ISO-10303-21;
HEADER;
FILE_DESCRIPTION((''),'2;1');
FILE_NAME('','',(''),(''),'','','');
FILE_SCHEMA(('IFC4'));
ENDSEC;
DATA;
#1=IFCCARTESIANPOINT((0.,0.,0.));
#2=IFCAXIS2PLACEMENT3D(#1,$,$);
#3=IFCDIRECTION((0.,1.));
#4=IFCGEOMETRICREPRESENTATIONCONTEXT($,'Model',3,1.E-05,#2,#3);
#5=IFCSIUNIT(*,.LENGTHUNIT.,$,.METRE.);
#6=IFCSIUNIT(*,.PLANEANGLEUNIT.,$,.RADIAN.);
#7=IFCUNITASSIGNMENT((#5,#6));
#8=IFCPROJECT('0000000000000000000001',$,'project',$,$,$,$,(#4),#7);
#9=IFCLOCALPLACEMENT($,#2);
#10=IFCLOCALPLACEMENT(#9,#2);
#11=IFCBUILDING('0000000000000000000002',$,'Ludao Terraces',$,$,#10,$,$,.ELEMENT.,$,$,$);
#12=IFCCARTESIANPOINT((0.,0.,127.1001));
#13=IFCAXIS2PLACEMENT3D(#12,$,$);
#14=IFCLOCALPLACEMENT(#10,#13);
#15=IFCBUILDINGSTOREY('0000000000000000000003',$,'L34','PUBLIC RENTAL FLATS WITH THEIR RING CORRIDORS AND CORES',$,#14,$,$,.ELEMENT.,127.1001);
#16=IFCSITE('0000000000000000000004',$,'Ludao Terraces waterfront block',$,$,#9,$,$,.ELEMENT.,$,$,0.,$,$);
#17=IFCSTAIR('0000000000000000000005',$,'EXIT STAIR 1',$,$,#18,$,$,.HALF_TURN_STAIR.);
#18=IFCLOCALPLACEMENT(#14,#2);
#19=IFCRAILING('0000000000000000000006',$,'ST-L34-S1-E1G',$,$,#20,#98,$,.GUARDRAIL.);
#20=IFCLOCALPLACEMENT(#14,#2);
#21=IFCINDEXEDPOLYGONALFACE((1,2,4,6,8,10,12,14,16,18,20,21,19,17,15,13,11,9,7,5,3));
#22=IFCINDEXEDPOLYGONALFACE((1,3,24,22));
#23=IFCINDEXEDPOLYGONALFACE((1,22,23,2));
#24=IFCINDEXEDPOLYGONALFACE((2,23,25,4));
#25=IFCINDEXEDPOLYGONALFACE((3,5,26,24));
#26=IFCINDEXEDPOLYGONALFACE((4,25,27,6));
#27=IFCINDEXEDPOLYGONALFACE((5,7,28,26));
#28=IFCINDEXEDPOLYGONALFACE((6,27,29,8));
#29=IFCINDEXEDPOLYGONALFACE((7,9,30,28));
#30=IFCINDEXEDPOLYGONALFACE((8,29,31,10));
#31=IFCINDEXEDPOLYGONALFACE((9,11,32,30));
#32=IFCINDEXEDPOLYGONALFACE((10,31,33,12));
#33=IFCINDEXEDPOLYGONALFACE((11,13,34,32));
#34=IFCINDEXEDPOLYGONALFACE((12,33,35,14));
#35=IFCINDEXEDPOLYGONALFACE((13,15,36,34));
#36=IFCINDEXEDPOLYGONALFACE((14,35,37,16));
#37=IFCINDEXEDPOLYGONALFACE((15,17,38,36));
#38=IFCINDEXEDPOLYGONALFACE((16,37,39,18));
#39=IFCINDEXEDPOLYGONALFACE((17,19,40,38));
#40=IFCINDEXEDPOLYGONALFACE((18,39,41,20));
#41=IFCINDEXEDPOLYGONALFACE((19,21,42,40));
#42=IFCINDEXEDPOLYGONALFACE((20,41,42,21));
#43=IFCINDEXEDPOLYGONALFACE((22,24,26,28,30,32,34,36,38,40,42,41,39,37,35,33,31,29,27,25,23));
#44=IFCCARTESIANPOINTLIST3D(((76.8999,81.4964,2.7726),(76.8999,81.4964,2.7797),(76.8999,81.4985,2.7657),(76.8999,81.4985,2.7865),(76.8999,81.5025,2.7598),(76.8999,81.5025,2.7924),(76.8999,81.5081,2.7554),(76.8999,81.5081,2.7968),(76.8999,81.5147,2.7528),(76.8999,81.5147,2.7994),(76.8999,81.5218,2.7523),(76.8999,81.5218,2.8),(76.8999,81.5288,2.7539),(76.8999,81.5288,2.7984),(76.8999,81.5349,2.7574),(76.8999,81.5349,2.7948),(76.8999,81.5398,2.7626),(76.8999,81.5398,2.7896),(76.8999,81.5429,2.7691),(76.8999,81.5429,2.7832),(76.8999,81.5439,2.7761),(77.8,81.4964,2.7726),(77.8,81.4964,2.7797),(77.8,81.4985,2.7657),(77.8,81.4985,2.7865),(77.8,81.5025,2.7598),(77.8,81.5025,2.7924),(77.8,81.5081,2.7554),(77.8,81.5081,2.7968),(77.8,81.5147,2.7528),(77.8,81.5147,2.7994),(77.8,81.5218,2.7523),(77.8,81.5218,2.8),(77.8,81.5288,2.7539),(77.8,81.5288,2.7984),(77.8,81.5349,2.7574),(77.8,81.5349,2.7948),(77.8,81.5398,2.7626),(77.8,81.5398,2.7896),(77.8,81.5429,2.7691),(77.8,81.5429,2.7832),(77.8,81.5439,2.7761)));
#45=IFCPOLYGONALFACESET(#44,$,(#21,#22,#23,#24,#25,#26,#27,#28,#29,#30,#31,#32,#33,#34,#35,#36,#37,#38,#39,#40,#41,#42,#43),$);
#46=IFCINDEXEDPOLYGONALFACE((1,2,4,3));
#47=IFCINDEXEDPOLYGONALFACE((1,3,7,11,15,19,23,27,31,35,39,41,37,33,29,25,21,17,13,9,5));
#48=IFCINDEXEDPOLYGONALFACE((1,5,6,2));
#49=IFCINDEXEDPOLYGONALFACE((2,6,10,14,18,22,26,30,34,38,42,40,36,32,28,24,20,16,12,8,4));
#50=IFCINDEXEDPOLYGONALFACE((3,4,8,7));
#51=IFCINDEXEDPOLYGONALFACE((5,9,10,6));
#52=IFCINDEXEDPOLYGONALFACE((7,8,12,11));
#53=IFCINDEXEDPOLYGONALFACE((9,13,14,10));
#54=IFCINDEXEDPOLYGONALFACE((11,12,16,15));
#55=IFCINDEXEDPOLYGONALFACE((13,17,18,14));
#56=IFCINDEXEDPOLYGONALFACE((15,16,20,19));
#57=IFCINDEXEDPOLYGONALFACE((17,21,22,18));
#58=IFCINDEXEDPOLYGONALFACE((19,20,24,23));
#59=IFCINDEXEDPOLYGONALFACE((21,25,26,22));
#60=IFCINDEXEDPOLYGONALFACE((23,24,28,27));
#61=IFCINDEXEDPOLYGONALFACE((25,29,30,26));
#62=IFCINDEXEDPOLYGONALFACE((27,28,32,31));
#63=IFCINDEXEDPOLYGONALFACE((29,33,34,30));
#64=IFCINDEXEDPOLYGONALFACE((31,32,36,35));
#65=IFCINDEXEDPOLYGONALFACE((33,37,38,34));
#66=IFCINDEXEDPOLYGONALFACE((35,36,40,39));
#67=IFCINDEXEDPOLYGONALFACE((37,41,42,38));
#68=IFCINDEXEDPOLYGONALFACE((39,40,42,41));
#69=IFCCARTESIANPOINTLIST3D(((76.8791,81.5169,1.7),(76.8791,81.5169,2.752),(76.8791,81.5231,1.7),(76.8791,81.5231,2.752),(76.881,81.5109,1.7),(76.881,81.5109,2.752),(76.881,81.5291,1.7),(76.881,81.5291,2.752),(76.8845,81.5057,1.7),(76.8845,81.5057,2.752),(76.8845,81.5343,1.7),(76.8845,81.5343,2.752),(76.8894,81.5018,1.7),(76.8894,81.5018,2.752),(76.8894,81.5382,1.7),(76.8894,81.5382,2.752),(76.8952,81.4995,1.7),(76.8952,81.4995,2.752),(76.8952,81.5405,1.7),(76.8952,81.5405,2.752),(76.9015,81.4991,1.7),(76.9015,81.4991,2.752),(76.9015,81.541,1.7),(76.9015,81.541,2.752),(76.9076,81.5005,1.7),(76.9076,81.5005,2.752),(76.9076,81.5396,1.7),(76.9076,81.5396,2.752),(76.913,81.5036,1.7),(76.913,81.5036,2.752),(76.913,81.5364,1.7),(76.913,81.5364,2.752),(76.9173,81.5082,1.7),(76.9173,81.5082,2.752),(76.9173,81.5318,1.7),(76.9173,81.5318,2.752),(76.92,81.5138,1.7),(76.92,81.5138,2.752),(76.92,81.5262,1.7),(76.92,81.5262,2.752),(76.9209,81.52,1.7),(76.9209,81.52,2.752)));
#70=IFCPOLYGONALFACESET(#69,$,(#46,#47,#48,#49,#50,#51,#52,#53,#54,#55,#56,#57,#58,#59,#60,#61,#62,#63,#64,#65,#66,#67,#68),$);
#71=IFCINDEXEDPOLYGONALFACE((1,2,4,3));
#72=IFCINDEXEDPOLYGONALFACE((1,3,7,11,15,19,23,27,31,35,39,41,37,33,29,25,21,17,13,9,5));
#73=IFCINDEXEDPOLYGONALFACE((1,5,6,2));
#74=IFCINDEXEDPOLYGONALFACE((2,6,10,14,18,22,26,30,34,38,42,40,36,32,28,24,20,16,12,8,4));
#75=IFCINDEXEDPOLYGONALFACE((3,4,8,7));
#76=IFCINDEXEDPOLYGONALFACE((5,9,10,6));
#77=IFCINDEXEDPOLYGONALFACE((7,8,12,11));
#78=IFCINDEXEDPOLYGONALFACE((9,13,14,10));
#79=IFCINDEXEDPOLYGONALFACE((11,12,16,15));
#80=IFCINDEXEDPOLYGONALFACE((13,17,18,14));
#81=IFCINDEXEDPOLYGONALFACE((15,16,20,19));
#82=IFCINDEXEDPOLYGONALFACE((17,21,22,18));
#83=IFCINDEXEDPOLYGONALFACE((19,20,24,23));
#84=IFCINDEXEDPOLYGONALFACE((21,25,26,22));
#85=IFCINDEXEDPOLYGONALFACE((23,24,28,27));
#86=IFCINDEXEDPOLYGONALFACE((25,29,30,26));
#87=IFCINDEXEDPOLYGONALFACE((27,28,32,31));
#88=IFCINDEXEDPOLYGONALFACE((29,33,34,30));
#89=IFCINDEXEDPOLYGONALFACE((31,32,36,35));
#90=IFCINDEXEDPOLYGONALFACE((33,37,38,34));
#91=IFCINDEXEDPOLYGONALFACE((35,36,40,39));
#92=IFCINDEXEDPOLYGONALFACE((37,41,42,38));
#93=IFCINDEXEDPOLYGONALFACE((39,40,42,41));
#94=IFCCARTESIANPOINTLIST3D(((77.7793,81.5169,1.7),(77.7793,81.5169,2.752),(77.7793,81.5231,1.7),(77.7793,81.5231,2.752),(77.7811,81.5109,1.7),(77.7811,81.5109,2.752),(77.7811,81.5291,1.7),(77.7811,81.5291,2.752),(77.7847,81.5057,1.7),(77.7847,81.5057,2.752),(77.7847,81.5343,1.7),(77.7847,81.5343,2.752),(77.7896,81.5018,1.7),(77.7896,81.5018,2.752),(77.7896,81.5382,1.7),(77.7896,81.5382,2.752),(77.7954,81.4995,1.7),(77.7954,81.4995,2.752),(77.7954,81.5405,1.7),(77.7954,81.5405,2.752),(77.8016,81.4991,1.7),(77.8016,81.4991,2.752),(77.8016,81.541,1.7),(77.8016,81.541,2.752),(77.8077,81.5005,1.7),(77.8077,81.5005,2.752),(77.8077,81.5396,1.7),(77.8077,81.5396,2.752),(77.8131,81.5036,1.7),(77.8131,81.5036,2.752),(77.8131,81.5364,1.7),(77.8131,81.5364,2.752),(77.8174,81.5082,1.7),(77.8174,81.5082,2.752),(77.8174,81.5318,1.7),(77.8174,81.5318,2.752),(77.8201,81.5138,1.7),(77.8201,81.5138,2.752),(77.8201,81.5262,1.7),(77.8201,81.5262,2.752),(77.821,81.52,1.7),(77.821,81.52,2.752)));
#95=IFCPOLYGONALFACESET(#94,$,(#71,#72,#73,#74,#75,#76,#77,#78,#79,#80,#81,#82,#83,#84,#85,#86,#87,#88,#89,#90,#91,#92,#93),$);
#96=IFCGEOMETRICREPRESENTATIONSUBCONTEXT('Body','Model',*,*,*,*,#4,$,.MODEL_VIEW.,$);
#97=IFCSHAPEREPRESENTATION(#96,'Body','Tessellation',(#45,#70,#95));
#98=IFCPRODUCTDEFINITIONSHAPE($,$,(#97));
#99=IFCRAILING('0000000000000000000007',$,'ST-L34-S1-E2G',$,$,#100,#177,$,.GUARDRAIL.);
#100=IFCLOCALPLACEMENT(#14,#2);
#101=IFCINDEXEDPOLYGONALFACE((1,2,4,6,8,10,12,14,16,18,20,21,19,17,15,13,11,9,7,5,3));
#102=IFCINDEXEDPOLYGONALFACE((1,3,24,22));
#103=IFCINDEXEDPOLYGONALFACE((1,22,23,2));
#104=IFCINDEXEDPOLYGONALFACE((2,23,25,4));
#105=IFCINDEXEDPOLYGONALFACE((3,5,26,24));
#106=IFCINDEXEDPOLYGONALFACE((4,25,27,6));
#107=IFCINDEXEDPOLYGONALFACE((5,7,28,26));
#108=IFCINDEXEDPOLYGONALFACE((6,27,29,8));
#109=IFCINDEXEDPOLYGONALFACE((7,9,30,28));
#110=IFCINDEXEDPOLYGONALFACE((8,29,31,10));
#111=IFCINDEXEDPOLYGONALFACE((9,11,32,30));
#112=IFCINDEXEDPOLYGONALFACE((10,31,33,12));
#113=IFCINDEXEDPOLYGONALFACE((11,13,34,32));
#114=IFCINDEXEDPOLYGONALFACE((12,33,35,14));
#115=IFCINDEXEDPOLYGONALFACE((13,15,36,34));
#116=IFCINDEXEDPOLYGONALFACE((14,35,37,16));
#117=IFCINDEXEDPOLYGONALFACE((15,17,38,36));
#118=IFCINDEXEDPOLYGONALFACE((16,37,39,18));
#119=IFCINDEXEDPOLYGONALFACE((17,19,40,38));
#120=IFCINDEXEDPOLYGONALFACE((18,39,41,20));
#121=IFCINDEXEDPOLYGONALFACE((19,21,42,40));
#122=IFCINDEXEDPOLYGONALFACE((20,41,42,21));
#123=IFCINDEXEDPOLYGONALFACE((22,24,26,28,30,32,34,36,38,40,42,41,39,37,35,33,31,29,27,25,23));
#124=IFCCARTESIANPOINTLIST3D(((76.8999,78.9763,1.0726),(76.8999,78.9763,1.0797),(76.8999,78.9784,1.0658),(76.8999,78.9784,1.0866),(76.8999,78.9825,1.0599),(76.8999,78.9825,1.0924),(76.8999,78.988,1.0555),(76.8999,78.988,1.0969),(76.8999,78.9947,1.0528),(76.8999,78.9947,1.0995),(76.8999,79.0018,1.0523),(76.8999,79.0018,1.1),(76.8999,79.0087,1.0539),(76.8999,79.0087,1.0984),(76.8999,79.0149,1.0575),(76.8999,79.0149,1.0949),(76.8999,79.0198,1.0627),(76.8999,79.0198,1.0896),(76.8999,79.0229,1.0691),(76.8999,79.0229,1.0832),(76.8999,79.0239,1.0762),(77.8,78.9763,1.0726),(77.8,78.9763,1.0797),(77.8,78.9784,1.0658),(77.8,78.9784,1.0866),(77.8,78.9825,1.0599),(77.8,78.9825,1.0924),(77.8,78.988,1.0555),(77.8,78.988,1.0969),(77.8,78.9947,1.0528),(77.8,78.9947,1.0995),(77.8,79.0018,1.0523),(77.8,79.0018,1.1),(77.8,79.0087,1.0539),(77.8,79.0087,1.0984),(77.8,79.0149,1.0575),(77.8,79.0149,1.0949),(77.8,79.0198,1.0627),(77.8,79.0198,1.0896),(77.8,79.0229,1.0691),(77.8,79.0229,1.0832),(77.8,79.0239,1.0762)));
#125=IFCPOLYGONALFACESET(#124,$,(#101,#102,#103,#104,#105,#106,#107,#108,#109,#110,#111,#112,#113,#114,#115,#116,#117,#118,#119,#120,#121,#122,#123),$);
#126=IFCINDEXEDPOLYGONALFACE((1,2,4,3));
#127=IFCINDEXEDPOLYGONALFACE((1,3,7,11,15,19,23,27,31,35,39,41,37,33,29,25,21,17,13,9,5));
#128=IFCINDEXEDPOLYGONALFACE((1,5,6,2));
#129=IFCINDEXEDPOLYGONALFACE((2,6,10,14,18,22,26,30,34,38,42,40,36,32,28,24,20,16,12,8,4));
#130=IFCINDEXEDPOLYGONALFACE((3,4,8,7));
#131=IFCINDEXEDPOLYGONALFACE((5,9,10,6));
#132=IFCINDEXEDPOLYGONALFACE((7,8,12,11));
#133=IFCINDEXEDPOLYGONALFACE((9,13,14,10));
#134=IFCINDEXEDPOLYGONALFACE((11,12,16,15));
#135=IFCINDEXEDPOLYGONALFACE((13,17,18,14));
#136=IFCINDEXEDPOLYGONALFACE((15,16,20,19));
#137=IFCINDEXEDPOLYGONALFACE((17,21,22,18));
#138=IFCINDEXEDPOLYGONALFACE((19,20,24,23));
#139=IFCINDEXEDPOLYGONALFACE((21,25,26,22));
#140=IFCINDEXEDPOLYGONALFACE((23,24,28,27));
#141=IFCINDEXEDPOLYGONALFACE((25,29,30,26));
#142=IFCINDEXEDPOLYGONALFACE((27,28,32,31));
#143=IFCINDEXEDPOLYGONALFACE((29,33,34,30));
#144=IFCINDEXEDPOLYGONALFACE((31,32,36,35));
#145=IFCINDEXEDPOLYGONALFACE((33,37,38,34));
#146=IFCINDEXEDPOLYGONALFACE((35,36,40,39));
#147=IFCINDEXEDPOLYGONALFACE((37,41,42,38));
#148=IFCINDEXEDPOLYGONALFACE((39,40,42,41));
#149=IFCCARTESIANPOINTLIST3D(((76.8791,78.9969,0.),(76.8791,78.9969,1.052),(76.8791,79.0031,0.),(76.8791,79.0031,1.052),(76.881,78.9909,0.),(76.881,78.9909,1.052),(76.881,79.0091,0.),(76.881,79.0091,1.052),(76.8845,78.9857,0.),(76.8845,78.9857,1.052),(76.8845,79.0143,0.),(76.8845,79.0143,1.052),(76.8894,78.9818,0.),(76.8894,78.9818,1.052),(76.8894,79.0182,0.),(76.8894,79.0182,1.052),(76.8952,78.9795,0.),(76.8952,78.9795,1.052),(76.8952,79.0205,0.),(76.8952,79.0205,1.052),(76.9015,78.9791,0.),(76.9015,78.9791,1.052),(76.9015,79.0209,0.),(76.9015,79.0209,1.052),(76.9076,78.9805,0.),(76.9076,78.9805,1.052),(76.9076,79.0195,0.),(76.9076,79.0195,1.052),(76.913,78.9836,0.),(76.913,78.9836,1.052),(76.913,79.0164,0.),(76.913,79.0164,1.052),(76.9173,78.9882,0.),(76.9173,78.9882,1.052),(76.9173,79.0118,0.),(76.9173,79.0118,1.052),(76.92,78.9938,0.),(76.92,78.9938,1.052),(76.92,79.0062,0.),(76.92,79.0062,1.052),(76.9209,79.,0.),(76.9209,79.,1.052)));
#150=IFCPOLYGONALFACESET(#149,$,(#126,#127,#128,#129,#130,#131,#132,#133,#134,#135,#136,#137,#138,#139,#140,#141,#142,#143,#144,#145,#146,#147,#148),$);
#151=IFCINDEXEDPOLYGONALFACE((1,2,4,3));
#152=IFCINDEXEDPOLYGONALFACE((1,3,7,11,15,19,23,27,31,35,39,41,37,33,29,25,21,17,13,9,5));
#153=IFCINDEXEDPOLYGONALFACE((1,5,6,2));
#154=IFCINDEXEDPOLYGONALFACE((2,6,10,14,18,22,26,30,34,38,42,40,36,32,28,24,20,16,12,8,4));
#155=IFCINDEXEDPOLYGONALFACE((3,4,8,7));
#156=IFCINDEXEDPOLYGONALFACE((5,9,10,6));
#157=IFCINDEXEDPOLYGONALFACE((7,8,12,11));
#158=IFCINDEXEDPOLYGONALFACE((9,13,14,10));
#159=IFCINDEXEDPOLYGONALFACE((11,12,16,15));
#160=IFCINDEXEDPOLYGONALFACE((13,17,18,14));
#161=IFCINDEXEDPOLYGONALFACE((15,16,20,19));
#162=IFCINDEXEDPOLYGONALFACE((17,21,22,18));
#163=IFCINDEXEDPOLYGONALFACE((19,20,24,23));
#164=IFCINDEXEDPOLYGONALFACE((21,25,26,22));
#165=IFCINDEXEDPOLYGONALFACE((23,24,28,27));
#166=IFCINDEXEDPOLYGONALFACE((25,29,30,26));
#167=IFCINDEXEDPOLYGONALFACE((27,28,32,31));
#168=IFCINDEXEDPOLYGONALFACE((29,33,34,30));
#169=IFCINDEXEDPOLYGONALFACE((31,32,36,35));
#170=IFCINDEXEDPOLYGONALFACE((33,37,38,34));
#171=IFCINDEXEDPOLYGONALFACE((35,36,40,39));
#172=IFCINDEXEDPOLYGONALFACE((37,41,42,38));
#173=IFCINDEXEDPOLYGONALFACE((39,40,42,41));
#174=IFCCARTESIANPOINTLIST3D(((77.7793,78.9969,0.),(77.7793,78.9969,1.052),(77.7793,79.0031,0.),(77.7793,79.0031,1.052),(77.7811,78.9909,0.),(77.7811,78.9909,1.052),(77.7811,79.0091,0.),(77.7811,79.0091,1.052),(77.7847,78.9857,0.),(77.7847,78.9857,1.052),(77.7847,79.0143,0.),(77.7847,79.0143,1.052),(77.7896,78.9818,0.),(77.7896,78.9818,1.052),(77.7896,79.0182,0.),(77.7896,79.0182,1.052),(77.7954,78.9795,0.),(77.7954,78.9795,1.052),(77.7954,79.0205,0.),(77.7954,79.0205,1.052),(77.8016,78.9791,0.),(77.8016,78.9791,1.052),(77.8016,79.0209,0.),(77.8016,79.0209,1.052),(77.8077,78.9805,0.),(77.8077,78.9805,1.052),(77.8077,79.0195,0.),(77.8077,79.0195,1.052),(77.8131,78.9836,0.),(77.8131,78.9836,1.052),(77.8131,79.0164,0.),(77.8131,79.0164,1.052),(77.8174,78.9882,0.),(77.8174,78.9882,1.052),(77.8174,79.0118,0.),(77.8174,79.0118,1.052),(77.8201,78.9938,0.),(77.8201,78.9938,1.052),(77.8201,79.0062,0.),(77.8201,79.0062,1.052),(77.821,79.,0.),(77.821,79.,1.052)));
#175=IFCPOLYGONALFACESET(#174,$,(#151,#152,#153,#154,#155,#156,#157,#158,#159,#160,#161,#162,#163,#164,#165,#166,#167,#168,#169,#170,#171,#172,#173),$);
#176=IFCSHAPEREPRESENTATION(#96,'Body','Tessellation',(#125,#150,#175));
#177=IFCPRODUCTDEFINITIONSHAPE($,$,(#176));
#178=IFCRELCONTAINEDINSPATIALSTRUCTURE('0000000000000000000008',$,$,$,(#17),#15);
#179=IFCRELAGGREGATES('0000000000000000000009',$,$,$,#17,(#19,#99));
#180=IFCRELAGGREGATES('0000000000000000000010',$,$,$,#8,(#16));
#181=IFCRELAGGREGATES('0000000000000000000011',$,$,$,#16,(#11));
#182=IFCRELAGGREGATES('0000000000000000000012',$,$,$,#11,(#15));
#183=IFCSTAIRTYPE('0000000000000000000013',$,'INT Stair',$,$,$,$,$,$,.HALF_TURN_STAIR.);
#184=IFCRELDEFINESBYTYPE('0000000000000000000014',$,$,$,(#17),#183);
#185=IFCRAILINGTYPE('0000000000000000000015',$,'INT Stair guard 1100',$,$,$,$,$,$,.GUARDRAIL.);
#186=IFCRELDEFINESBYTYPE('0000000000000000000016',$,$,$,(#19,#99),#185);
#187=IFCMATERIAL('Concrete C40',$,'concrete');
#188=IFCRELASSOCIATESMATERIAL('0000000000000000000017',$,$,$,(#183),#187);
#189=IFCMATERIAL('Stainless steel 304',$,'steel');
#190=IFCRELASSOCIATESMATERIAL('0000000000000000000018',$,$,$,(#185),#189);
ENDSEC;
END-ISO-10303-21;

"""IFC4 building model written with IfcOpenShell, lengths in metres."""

from ifc_helpers import new_model, si_unit, direction, frame, origin, origin_2d, place, context, subcontext, project, spatial, circle, extrude, material, type_object, element, aggregate, save


model = new_model("IFC4")

# Units and contexts
model_context = context("Model", 3, precision=1e-05, world=origin(), true_north=direction((0.0, 1.0)))
body_context = subcontext(model_context, "Body", "Model", "MODEL_VIEW")
ifc_project = project(units=[si_unit("LENGTHUNIT", "METRE"), si_unit("PLANEANGLEUNIT", "RADIAN")], contexts=[model_context])

# Site, building, storey
site_placement = place(None, origin())
site = spatial("IfcSite", under=ifc_project, at=site_placement, Name="Ludao Terraces waterfront block", CompositionType="ELEMENT", RefElevation=0.0)
building_placement = place(site_placement, origin())
building = spatial("IfcBuilding", under=site, at=building_placement, Name="Ludao Terraces", CompositionType="ELEMENT")
storey_placement = place(building_placement, frame((0.0, 0.0, 127.1001)))
storey = spatial("IfcBuildingStorey", under=building, at=storey_placement, Name="L34", Description="PUBLIC RENTAL FLATS WITH THEIR RING CORRIDORS AND CORES", CompositionType="ELEMENT", Elevation=127.1001)

# Shared definitions
ifc_material_1 = material(Name="Stainless steel 304", Category="steel")

# Stair, railings
ifc_material_2 = material(Name="Concrete C40", Category="concrete")
stair_type = type_object("IfcStairType", Name="INT Stair", PredefinedType="HALF_TURN_STAIR", material=ifc_material_2)
stair_placement = place(storey_placement, origin())
stair = element("IfcStair", 1, at=stair_placement, inside=storey, type_object=stair_type, Name="EXIT STAIR 1", PredefinedType="HALF_TURN_STAIR")
railing_type_1 = type_object("IfcRailingType", Name="INT Stair guard 1100", PredefinedType="GUARDRAIL", material=ifc_material_1)
railing_1_placement = place(storey_placement, frame((76.8999, 81.52, 1.7)))
railing_1 = element("IfcRailing", 2, at=railing_1_placement, type_object=railing_type_1, Name="ST-L34-S1-E1G", PredefinedType="GUARDRAIL", context=body_context, shape_type="SweptSolid", body=[
    extrude(circle(Radius=0.0239, at=origin_2d()), frame((0.0, 0.0, 1.0762), z_axis=(1.0, 0.0, 0.0), x_axis=(0.0, 1.0, 0.0)), (0.0, 0.0, 1.0), 0.9001),
    extrude(circle(Radius=0.021, at=origin_2d()), origin(), (0.0, 0.0, 1.0), 1.052),
    extrude(circle(Radius=0.021, at=origin_2d()), frame((0.9001, 0.0, 0.0)), (0.0, 0.0, 1.0), 1.052),
])
railing_2_placement = place(storey_placement, frame((76.8999, 79.0, 0.0)))
railing_2 = element("IfcRailing", 3, at=railing_2_placement, type_object=railing_type_1, Name="ST-L34-S1-E2G", PredefinedType="GUARDRAIL", context=body_context, shape_type="SweptSolid", body=[
    extrude(circle(Radius=0.0239, at=origin_2d()), frame((0.0, 0.0, 1.0762), z_axis=(1.0, 0.0, 0.0), x_axis=(0.0, 1.0, 0.0)), (0.0, 0.0, 1.0), 0.9001),
    extrude(circle(Radius=0.021, at=origin_2d()), origin(), (0.0, 0.0, 1.0), 1.052),
    extrude(circle(Radius=0.021, at=origin_2d()), frame((0.9001, 0.0, 0.0)), (0.0, 0.0, 1.0), 1.052),
])
aggregate(stair, [railing_1, railing_2])

save(model, "model.ifc")
